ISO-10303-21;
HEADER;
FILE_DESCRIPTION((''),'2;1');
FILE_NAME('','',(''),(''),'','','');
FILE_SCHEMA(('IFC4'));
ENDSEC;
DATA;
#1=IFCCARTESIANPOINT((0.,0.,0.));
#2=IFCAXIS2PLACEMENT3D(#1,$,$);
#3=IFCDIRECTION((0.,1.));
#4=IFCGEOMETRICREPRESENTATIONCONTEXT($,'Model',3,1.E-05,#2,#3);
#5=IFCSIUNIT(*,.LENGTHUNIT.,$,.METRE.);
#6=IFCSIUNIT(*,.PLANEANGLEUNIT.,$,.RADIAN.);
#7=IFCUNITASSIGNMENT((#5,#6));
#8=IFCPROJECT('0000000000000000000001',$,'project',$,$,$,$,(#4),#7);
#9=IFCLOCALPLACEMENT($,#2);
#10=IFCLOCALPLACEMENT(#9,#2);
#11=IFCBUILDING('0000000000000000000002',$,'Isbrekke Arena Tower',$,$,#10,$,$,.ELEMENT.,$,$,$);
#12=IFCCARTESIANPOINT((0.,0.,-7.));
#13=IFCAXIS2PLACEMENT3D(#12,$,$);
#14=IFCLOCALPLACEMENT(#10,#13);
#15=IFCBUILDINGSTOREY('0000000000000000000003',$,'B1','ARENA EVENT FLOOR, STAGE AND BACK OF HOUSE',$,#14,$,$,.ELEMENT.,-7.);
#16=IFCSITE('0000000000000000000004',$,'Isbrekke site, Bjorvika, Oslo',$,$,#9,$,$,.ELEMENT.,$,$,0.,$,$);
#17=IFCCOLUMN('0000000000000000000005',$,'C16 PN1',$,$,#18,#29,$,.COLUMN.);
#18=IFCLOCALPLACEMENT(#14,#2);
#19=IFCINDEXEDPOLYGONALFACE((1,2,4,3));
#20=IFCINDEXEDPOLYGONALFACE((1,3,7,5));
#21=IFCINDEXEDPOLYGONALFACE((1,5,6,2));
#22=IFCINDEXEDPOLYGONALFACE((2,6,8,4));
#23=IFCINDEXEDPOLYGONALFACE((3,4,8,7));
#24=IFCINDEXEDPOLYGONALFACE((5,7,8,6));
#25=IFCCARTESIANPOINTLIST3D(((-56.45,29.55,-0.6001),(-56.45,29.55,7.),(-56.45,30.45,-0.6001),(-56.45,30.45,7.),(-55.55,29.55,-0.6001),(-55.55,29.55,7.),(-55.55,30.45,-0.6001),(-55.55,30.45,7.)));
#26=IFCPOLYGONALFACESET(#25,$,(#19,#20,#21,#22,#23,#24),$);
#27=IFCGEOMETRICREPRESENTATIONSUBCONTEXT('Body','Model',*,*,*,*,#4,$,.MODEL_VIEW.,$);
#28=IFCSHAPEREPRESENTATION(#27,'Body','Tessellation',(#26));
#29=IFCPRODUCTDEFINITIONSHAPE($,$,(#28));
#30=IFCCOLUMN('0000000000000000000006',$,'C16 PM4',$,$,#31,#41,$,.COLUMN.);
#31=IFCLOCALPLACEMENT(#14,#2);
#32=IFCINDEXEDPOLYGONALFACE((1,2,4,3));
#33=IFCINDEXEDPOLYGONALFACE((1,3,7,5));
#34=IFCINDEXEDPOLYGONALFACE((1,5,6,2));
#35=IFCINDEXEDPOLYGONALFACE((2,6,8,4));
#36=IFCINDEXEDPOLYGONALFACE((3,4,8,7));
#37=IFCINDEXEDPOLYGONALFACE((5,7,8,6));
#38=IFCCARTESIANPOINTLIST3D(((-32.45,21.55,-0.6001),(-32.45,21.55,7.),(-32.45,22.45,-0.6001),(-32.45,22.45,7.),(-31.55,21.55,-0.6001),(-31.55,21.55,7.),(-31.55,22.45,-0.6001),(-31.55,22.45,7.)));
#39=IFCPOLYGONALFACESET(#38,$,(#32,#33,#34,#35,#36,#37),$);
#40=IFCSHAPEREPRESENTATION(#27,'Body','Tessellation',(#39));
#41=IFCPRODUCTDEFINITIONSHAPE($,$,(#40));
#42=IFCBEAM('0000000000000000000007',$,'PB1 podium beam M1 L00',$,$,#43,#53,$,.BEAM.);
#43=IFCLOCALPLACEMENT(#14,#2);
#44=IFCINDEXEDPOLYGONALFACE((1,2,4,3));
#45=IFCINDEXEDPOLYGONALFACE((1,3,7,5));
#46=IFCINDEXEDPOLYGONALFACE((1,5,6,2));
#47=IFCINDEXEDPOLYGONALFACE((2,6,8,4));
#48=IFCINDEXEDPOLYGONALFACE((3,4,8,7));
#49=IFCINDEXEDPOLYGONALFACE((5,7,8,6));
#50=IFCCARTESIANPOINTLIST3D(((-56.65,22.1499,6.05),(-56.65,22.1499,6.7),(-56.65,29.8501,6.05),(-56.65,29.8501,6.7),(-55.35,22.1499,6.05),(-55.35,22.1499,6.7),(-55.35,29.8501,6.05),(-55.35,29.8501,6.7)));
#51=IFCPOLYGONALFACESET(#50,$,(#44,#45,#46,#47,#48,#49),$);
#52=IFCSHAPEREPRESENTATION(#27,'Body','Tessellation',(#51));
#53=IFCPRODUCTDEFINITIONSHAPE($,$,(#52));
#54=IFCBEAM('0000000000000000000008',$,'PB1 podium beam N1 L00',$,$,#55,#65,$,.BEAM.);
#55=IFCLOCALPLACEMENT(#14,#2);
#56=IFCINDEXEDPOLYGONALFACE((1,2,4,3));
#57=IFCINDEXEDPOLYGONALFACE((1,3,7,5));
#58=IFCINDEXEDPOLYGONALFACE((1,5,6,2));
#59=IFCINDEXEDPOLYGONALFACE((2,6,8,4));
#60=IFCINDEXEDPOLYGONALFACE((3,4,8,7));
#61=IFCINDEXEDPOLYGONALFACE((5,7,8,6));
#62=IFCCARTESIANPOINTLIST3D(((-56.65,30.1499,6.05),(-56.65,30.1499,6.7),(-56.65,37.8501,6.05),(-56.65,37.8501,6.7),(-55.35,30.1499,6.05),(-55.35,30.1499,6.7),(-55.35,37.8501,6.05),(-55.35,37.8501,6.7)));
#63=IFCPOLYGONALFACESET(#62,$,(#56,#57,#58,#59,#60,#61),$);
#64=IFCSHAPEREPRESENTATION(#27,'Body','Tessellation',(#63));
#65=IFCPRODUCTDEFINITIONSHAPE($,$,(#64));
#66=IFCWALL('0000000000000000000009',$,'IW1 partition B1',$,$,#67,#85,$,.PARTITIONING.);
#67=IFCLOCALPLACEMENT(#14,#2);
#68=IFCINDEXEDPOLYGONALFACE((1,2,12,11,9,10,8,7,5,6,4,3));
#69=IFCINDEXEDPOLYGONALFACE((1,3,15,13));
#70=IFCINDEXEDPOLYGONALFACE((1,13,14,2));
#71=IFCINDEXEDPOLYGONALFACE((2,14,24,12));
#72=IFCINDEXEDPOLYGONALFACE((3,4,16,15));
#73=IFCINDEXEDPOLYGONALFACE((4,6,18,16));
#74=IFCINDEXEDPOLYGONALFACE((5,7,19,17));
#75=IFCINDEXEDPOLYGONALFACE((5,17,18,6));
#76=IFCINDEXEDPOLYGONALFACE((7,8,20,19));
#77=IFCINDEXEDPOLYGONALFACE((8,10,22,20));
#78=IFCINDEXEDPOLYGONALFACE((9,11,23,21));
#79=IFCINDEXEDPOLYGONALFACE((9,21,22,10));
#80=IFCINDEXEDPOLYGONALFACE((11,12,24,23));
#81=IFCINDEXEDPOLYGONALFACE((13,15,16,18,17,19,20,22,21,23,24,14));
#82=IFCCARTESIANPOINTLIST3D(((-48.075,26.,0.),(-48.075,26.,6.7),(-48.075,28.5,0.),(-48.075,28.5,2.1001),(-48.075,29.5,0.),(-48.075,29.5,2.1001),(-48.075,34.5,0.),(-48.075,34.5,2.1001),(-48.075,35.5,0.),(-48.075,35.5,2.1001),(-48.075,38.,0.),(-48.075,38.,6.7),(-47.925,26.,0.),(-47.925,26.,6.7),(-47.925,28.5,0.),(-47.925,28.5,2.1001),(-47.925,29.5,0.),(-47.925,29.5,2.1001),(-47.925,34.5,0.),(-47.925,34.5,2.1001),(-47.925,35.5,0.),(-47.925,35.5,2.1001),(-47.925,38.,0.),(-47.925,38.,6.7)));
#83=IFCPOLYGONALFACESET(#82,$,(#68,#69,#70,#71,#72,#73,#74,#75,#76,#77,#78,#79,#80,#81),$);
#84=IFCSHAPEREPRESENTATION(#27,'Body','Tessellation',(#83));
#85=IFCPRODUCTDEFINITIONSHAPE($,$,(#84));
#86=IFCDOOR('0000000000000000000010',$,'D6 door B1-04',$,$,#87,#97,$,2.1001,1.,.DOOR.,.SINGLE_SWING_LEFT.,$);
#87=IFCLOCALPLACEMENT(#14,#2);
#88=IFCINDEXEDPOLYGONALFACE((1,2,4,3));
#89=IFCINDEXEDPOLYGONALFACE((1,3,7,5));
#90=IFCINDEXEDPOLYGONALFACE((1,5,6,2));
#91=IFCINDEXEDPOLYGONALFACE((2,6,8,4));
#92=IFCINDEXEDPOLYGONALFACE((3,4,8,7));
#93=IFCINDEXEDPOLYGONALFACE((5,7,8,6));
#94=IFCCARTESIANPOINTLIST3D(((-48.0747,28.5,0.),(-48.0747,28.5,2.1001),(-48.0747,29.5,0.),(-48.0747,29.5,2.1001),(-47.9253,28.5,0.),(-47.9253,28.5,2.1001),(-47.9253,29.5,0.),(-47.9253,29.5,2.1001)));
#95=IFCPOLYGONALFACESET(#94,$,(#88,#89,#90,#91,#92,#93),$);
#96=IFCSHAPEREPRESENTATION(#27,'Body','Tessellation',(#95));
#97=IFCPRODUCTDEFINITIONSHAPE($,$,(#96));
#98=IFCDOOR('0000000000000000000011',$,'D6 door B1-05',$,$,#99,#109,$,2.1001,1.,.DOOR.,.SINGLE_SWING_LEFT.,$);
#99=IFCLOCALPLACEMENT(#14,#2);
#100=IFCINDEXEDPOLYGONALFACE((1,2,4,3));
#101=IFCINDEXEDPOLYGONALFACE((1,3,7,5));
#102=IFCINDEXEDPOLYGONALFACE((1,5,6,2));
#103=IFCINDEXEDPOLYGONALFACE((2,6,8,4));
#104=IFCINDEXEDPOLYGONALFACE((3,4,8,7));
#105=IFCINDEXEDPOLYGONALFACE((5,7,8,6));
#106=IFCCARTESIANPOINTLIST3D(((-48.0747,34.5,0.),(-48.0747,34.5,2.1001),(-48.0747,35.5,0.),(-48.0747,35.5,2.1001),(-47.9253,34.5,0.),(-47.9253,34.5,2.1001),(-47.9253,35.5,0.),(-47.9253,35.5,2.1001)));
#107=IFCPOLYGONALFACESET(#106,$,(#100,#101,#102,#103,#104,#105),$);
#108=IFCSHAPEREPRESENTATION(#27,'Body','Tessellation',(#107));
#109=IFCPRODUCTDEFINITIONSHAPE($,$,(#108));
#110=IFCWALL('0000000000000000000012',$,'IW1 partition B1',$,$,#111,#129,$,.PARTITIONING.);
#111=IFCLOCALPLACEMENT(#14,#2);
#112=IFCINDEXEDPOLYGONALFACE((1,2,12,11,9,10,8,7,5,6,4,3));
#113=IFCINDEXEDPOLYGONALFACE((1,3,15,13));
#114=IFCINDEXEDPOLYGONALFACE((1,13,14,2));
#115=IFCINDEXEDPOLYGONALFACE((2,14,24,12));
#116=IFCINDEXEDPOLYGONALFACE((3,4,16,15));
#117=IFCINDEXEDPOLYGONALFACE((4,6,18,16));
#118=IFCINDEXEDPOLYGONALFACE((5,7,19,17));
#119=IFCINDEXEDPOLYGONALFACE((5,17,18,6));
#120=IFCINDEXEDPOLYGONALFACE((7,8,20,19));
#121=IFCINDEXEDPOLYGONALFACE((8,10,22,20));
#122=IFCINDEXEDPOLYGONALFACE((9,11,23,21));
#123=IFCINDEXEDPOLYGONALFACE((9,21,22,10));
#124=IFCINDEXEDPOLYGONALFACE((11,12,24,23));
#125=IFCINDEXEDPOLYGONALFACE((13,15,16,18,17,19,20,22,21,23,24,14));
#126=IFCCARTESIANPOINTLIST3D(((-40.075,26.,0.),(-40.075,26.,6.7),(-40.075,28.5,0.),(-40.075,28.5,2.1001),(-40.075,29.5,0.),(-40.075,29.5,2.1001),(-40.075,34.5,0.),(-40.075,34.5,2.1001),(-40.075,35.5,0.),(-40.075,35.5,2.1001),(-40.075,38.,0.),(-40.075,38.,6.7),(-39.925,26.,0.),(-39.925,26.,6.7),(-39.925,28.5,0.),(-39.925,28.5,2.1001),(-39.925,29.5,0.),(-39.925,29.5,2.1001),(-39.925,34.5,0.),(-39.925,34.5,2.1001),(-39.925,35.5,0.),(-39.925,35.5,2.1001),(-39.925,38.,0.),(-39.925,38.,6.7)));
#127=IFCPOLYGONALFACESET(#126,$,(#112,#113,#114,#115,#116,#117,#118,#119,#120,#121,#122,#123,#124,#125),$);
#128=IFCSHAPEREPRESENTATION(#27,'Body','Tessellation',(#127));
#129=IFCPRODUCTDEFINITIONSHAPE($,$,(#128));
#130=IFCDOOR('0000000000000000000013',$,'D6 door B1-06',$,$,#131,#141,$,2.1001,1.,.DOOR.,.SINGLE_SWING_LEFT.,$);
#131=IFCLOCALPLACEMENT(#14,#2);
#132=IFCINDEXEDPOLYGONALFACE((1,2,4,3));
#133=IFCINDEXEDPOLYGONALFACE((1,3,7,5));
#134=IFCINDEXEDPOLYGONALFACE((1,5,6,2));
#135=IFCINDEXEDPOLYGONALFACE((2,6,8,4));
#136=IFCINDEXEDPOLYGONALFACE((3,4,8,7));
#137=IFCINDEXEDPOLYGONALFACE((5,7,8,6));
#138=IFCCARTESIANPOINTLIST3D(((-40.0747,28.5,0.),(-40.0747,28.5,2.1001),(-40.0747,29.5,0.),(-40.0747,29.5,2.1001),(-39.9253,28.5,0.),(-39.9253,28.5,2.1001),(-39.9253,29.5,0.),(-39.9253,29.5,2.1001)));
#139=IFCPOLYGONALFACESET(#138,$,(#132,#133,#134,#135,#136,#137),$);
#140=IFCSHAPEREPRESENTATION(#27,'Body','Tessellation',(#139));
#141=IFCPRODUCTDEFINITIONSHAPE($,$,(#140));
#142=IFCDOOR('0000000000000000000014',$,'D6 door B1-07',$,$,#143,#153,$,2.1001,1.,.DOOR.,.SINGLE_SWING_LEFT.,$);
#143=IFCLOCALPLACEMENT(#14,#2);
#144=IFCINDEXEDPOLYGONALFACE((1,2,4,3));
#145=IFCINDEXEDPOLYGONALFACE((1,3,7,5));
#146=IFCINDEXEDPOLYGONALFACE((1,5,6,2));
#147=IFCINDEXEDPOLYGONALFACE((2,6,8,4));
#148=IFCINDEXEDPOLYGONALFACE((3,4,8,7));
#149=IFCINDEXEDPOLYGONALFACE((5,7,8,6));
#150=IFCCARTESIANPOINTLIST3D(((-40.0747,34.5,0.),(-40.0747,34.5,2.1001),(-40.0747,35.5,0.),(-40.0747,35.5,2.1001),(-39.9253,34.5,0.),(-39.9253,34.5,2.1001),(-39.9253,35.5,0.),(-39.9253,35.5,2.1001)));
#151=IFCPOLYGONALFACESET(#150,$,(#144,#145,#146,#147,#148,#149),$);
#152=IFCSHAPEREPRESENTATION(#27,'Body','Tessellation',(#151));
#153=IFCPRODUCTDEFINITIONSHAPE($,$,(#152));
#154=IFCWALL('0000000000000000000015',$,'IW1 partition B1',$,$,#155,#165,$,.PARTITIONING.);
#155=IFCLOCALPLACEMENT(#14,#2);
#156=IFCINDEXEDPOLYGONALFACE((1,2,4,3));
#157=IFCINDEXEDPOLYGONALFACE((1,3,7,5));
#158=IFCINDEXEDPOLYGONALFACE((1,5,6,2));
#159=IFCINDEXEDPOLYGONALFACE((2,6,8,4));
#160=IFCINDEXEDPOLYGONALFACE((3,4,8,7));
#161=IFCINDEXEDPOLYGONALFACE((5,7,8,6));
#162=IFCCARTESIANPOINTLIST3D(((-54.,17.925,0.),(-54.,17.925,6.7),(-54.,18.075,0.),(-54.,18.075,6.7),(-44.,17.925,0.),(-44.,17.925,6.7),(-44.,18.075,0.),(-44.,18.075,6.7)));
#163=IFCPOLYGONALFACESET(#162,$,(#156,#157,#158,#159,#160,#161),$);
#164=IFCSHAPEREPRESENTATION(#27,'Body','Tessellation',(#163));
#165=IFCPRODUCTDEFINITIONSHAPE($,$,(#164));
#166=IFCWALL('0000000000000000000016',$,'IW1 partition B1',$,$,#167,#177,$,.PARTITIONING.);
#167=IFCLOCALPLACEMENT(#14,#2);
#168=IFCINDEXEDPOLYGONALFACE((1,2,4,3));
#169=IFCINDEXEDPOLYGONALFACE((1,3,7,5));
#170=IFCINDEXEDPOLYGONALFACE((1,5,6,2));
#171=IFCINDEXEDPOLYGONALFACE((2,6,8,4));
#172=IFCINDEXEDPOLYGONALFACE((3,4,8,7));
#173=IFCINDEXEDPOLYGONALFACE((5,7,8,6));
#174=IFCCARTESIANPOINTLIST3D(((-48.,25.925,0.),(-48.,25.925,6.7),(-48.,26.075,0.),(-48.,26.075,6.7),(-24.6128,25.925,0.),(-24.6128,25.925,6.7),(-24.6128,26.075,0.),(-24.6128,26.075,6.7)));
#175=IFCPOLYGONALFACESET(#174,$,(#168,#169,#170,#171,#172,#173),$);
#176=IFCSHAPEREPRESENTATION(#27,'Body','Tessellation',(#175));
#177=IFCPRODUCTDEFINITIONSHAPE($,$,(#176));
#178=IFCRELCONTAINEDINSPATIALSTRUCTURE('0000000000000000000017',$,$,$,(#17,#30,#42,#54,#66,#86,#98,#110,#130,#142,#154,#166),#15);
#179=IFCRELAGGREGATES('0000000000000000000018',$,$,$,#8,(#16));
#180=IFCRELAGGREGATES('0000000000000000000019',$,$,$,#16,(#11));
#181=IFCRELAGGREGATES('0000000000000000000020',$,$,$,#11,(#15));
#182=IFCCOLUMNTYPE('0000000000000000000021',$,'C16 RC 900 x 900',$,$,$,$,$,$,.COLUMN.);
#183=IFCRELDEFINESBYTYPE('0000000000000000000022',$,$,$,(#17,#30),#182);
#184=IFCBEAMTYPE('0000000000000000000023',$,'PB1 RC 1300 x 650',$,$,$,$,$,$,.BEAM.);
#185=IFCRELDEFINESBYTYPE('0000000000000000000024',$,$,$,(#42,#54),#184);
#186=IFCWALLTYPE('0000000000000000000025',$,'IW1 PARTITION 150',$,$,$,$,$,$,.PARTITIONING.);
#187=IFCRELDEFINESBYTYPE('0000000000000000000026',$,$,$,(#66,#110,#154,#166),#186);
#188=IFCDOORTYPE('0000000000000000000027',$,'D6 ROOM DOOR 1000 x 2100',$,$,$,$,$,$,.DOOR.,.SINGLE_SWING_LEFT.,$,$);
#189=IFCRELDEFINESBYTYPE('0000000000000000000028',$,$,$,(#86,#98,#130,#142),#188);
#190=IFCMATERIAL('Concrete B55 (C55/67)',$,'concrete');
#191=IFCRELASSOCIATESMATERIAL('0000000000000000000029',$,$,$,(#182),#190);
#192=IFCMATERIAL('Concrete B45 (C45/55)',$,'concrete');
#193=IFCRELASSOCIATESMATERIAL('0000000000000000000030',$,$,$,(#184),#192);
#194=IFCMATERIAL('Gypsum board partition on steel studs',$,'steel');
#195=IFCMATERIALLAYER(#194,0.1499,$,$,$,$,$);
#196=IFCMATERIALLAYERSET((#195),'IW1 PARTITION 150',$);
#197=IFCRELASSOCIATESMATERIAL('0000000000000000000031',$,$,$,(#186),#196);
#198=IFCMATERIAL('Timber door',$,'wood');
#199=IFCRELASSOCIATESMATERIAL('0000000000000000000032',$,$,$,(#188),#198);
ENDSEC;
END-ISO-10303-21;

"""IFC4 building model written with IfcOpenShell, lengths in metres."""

from ifc_helpers import new_model, si_unit, direction, frame, frame_2d, origin, origin_2d, place, context, subcontext, project, spatial, rectangle, extrude, material, layer, layer_set, material_profile, profile_set, type_object, element, fill, save


model = new_model("IFC4")

# Units and contexts
model_context = context("Model", 3, precision=1e-05, world=origin(), true_north=direction((0.0, 1.0)))
body_context = subcontext(model_context, "Body", "Model", "MODEL_VIEW")
ifc_project = project(units=[si_unit("LENGTHUNIT", "METRE"), si_unit("PLANEANGLEUNIT", "RADIAN")], contexts=[model_context])

# Site, building, storey
site_placement = place(None, origin())
site = spatial("IfcSite", under=ifc_project, at=site_placement, Name="Isbrekke site, Bjorvika, Oslo", CompositionType="ELEMENT", RefElevation=0.0)
building_placement = place(site_placement, origin())
building = spatial("IfcBuilding", under=site, at=building_placement, Name="Isbrekke Arena Tower", CompositionType="ELEMENT")
storey_placement = place(building_placement, frame((0.0, 0.0, -7.0)))
storey = spatial("IfcBuildingStorey", under=building, at=storey_placement, Name="B1", Description="ARENA EVENT FLOOR, STAGE AND BACK OF HOUSE", CompositionType="ELEMENT", Elevation=-7.0)

# Columns
ifc_material_1 = material(Name="Concrete B55 (C55/67)", Category="concrete")
ifc_material_profile_1 = material_profile(ifc_material_1, rectangle(XDim=0.8999, YDim=0.8999, at=origin_2d()), Name="RC 900x900")
ifc_profile_set_1 = profile_set([ifc_material_profile_1], Name="Concrete B55 (C55/67)")
column_type = type_object("IfcColumnType", Name="C16 RC 900 x 900", PredefinedType="COLUMN", material=ifc_profile_set_1)
for number, where, z_axis, x_axis, name in (
    (1, (-56.0, 30.0, -0.6001), (0.0, 0.0, 1.0), (1.0, 0.0, 0.0), "C16 PN1"),
    (2, (-32.0, 22.0, -0.6001), (0.0, 0.0, 1.0), (1.0, 0.0, 0.0), "C16 PM4"),
):
    element("IfcColumn", number, at=place(storey_placement, frame(where, z_axis=z_axis, x_axis=x_axis)), inside=storey, type_object=column_type, Name=name, PredefinedType="COLUMN", context=body_context, shape_type="SweptSolid", body=[
        extrude(rectangle(XDim=0.8999, YDim=0.8999, at=origin_2d()), origin(), (0.0, 0.0, 1.0), 7.6001),
    ])

# Beams
ifc_material_2 = material(Name="Concrete B45 (C45/55)", Category="concrete")
ifc_material_profile_2 = material_profile(ifc_material_2, rectangle(XDim=1.3, YDim=0.6499, at=origin_2d()), Name="RC 1300x650")
ifc_profile_set_2 = profile_set([ifc_material_profile_2], Name="Concrete B45 (C45/55)")
beam_type = type_object("IfcBeamType", Name="PB1 RC 1300 x 650", PredefinedType="BEAM", material=ifc_profile_set_2)
for number, where, z_axis, x_axis, name in (
    (3, (-56.0, 22.1499, 6.375), (0.0, 1.0, 0.0), (-1.0, 0.0, 0.0), "PB1 podium beam M1 L00"),
    (4, (-56.0, 30.1499, 6.375), (0.0, 1.0, 0.0), (-1.0, 0.0, 0.0), "PB1 podium beam N1 L00"),
):
    element("IfcBeam", number, at=place(storey_placement, frame(where, z_axis=z_axis, x_axis=x_axis)), inside=storey, type_object=beam_type, Name=name, PredefinedType="BEAM", context=body_context, shape_type="SweptSolid", body=[
        extrude(rectangle(XDim=1.3, YDim=0.6499, at=origin_2d()), origin(), (0.0, 0.0, 1.0), 7.7002),
    ])

# Walls, openings, doors
ifc_material_3 = material(Name="Gypsum board partition on steel studs", Category="steel")
ifc_layer_1 = layer(ifc_material_3, 0.1499)
ifc_layer_set_1 = layer_set([ifc_layer_1], Name="IW1 PARTITION 150")
wall_type_1 = type_object("IfcWallType", Name="IW1 PARTITION 150", PredefinedType="PARTITIONING", material=ifc_layer_set_1)
wall_1_placement = place(storey_placement, frame((-48.0, 26.0, 0.0), z_axis=(0.0, 0.0, 1.0), x_axis=(0.0, 1.0, 0.0)))
wall_1 = element("IfcWall", 5, at=wall_1_placement, inside=storey, type_object=wall_type_1, Name="IW1 partition B1", PredefinedType="PARTITIONING", context=body_context, shape_type="SweptSolid", body=[
    extrude(rectangle(XDim=12.0, YDim=0.1499, at=frame_2d((6.0, 0.0))), origin(), (0.0, 0.0, 1.0), 6.7),
])
opening_1_placement = place(wall_1_placement, frame((2.5, 0.0, 0.0)))
opening_1 = element("IfcOpeningElement", 6, at=opening_1_placement, cuts=wall_1, PredefinedType="OPENING", context=body_context, shape_type="SweptSolid", body=[
    extrude(rectangle(XDim=1.0, YDim=2.1001, at=frame_2d((0.5, 1.05))), frame((0.0, 0.0898, 0.0), z_axis=(0.0, -1.0, 0.0), x_axis=(1.0, 0.0, 0.0)), (0.0, 0.0, 1.0), 0.1797),
])
opening_2_placement = place(wall_1_placement, frame((8.5, 0.0, 0.0)))
opening_2 = element("IfcOpeningElement", 7, at=opening_2_placement, cuts=wall_1, PredefinedType="OPENING", context=body_context, shape_type="SweptSolid", body=[
    extrude(rectangle(XDim=1.0, YDim=2.1001, at=frame_2d((0.5, 1.05))), frame((0.0, 0.0898, 0.0), z_axis=(0.0, -1.0, 0.0), x_axis=(1.0, 0.0, 0.0)), (0.0, 0.0, 1.0), 0.1797),
])
ifc_material_4 = material(Name="Timber door", Category="wood")
door_type_1 = type_object("IfcDoorType", Name="D6 ROOM DOOR 1000 x 2100", OperationType="SINGLE_SWING_LEFT", PredefinedType="DOOR", material=ifc_material_4)
door_1_placement = place(opening_1_placement, origin())
door_1 = element("IfcDoor", 8, at=door_1_placement, inside=storey, type_object=door_type_1, Name="D6 door B1-04", OperationType="SINGLE_SWING_LEFT", OverallHeight=2.1001, OverallWidth=1.0, PredefinedType="DOOR", context=body_context, shape_type="SweptSolid", body=[
    extrude(rectangle(XDim=1.0, YDim=2.1001, at=frame_2d((0.5, 1.05))), frame((0.0, 0.0747, 0.0), z_axis=(0.0, -1.0, 0.0), x_axis=(1.0, 0.0, 0.0)), (0.0, 0.0, 1.0), 0.1494),
])
fill(opening_1, door_1)
door_2_placement = place(opening_2_placement, origin())
door_2 = element("IfcDoor", 9, at=door_2_placement, inside=storey, type_object=door_type_1, Name="D6 door B1-05", OperationType="SINGLE_SWING_LEFT", OverallHeight=2.1001, OverallWidth=1.0, PredefinedType="DOOR", context=body_context, shape_type="SweptSolid", body=[
    extrude(rectangle(XDim=1.0, YDim=2.1001, at=frame_2d((0.5, 1.05))), frame((0.0, 0.0747, 0.0), z_axis=(0.0, -1.0, 0.0), x_axis=(1.0, 0.0, 0.0)), (0.0, 0.0, 1.0), 0.1494),
])
fill(opening_2, door_2)
wall_2_placement = place(storey_placement, frame((-40.0, 26.0, 0.0), z_axis=(0.0, 0.0, 1.0), x_axis=(0.0, 1.0, 0.0)))
wall_2 = element("IfcWall", 10, at=wall_2_placement, inside=storey, type_object=wall_type_1, Name="IW1 partition B1", PredefinedType="PARTITIONING", context=body_context, shape_type="SweptSolid", body=[
    extrude(rectangle(XDim=12.0, YDim=0.1499, at=frame_2d((6.0, 0.0))), origin(), (0.0, 0.0, 1.0), 6.7),
])
opening_3_placement = place(wall_2_placement, frame((2.5, 0.0, 0.0)))
opening_3 = element("IfcOpeningElement", 11, at=opening_3_placement, cuts=wall_2, PredefinedType="OPENING", context=body_context, shape_type="SweptSolid", body=[
    extrude(rectangle(XDim=1.0, YDim=2.1001, at=frame_2d((0.5, 1.05))), frame((0.0, 0.0898, 0.0), z_axis=(0.0, -1.0, 0.0), x_axis=(1.0, 0.0, 0.0)), (0.0, 0.0, 1.0), 0.1797),
])
opening_4_placement = place(wall_2_placement, frame((8.5, 0.0, 0.0)))
opening_4 = element("IfcOpeningElement", 12, at=opening_4_placement, cuts=wall_2, PredefinedType="OPENING", context=body_context, shape_type="SweptSolid", body=[
    extrude(rectangle(XDim=1.0, YDim=2.1001, at=frame_2d((0.5, 1.05))), frame((0.0, 0.0898, 0.0), z_axis=(0.0, -1.0, 0.0), x_axis=(1.0, 0.0, 0.0)), (0.0, 0.0, 1.0), 0.1797),
])
door_3_placement = place(opening_3_placement, origin())
door_3 = element("IfcDoor", 13, at=door_3_placement, inside=storey, type_object=door_type_1, Name="D6 door B1-06", OperationType="SINGLE_SWING_LEFT", OverallHeight=2.1001, OverallWidth=1.0, PredefinedType="DOOR", context=body_context, shape_type="SweptSolid", body=[
    extrude(rectangle(XDim=1.0, YDim=2.1001, at=frame_2d((0.5, 1.05))), frame((0.0, 0.0747, 0.0), z_axis=(0.0, -1.0, 0.0), x_axis=(1.0, 0.0, 0.0)), (0.0, 0.0, 1.0), 0.1494),
])
fill(opening_3, door_3)
door_4_placement = place(opening_4_placement, origin())
door_4 = element("IfcDoor", 14, at=door_4_placement, inside=storey, type_object=door_type_1, Name="D6 door B1-07", OperationType="SINGLE_SWING_LEFT", OverallHeight=2.1001, OverallWidth=1.0, PredefinedType="DOOR", context=body_context, shape_type="SweptSolid", body=[
    extrude(rectangle(XDim=1.0, YDim=2.1001, at=frame_2d((0.5, 1.05))), frame((0.0, 0.0747, 0.0), z_axis=(0.0, -1.0, 0.0), x_axis=(1.0, 0.0, 0.0)), (0.0, 0.0, 1.0), 0.1494),
])
fill(opening_4, door_4)

# Walls
wall_3_placement = place(storey_placement, frame((-54.0, 18.0, 0.0), z_axis=(0.0, 0.0, 1.0), x_axis=(1.0, 0.0, 0.0)))
element("IfcWall", 15, at=wall_3_placement, inside=storey, type_object=wall_type_1, Name="IW1 partition B1", PredefinedType="PARTITIONING", context=body_context, shape_type="SweptSolid", body=[
    extrude(rectangle(XDim=10.0, YDim=0.1499, at=frame_2d((5.0, 0.0))), origin(), (0.0, 0.0, 1.0), 6.7),
])
wall_4_placement = place(storey_placement, frame((-48.0, 26.0, 0.0), z_axis=(0.0, 0.0, 1.0), x_axis=(1.0, 0.0, 0.0)))
element("IfcWall", 16, at=wall_4_placement, inside=storey, type_object=wall_type_1, Name="IW1 partition B1", PredefinedType="PARTITIONING", context=body_context, shape_type="SweptSolid", body=[
    extrude(rectangle(XDim=23.3872, YDim=0.1499, at=frame_2d((11.6936, 0.0))), origin(), (0.0, 0.0, 1.0), 6.7),
])

save(model, "model.ifc")
